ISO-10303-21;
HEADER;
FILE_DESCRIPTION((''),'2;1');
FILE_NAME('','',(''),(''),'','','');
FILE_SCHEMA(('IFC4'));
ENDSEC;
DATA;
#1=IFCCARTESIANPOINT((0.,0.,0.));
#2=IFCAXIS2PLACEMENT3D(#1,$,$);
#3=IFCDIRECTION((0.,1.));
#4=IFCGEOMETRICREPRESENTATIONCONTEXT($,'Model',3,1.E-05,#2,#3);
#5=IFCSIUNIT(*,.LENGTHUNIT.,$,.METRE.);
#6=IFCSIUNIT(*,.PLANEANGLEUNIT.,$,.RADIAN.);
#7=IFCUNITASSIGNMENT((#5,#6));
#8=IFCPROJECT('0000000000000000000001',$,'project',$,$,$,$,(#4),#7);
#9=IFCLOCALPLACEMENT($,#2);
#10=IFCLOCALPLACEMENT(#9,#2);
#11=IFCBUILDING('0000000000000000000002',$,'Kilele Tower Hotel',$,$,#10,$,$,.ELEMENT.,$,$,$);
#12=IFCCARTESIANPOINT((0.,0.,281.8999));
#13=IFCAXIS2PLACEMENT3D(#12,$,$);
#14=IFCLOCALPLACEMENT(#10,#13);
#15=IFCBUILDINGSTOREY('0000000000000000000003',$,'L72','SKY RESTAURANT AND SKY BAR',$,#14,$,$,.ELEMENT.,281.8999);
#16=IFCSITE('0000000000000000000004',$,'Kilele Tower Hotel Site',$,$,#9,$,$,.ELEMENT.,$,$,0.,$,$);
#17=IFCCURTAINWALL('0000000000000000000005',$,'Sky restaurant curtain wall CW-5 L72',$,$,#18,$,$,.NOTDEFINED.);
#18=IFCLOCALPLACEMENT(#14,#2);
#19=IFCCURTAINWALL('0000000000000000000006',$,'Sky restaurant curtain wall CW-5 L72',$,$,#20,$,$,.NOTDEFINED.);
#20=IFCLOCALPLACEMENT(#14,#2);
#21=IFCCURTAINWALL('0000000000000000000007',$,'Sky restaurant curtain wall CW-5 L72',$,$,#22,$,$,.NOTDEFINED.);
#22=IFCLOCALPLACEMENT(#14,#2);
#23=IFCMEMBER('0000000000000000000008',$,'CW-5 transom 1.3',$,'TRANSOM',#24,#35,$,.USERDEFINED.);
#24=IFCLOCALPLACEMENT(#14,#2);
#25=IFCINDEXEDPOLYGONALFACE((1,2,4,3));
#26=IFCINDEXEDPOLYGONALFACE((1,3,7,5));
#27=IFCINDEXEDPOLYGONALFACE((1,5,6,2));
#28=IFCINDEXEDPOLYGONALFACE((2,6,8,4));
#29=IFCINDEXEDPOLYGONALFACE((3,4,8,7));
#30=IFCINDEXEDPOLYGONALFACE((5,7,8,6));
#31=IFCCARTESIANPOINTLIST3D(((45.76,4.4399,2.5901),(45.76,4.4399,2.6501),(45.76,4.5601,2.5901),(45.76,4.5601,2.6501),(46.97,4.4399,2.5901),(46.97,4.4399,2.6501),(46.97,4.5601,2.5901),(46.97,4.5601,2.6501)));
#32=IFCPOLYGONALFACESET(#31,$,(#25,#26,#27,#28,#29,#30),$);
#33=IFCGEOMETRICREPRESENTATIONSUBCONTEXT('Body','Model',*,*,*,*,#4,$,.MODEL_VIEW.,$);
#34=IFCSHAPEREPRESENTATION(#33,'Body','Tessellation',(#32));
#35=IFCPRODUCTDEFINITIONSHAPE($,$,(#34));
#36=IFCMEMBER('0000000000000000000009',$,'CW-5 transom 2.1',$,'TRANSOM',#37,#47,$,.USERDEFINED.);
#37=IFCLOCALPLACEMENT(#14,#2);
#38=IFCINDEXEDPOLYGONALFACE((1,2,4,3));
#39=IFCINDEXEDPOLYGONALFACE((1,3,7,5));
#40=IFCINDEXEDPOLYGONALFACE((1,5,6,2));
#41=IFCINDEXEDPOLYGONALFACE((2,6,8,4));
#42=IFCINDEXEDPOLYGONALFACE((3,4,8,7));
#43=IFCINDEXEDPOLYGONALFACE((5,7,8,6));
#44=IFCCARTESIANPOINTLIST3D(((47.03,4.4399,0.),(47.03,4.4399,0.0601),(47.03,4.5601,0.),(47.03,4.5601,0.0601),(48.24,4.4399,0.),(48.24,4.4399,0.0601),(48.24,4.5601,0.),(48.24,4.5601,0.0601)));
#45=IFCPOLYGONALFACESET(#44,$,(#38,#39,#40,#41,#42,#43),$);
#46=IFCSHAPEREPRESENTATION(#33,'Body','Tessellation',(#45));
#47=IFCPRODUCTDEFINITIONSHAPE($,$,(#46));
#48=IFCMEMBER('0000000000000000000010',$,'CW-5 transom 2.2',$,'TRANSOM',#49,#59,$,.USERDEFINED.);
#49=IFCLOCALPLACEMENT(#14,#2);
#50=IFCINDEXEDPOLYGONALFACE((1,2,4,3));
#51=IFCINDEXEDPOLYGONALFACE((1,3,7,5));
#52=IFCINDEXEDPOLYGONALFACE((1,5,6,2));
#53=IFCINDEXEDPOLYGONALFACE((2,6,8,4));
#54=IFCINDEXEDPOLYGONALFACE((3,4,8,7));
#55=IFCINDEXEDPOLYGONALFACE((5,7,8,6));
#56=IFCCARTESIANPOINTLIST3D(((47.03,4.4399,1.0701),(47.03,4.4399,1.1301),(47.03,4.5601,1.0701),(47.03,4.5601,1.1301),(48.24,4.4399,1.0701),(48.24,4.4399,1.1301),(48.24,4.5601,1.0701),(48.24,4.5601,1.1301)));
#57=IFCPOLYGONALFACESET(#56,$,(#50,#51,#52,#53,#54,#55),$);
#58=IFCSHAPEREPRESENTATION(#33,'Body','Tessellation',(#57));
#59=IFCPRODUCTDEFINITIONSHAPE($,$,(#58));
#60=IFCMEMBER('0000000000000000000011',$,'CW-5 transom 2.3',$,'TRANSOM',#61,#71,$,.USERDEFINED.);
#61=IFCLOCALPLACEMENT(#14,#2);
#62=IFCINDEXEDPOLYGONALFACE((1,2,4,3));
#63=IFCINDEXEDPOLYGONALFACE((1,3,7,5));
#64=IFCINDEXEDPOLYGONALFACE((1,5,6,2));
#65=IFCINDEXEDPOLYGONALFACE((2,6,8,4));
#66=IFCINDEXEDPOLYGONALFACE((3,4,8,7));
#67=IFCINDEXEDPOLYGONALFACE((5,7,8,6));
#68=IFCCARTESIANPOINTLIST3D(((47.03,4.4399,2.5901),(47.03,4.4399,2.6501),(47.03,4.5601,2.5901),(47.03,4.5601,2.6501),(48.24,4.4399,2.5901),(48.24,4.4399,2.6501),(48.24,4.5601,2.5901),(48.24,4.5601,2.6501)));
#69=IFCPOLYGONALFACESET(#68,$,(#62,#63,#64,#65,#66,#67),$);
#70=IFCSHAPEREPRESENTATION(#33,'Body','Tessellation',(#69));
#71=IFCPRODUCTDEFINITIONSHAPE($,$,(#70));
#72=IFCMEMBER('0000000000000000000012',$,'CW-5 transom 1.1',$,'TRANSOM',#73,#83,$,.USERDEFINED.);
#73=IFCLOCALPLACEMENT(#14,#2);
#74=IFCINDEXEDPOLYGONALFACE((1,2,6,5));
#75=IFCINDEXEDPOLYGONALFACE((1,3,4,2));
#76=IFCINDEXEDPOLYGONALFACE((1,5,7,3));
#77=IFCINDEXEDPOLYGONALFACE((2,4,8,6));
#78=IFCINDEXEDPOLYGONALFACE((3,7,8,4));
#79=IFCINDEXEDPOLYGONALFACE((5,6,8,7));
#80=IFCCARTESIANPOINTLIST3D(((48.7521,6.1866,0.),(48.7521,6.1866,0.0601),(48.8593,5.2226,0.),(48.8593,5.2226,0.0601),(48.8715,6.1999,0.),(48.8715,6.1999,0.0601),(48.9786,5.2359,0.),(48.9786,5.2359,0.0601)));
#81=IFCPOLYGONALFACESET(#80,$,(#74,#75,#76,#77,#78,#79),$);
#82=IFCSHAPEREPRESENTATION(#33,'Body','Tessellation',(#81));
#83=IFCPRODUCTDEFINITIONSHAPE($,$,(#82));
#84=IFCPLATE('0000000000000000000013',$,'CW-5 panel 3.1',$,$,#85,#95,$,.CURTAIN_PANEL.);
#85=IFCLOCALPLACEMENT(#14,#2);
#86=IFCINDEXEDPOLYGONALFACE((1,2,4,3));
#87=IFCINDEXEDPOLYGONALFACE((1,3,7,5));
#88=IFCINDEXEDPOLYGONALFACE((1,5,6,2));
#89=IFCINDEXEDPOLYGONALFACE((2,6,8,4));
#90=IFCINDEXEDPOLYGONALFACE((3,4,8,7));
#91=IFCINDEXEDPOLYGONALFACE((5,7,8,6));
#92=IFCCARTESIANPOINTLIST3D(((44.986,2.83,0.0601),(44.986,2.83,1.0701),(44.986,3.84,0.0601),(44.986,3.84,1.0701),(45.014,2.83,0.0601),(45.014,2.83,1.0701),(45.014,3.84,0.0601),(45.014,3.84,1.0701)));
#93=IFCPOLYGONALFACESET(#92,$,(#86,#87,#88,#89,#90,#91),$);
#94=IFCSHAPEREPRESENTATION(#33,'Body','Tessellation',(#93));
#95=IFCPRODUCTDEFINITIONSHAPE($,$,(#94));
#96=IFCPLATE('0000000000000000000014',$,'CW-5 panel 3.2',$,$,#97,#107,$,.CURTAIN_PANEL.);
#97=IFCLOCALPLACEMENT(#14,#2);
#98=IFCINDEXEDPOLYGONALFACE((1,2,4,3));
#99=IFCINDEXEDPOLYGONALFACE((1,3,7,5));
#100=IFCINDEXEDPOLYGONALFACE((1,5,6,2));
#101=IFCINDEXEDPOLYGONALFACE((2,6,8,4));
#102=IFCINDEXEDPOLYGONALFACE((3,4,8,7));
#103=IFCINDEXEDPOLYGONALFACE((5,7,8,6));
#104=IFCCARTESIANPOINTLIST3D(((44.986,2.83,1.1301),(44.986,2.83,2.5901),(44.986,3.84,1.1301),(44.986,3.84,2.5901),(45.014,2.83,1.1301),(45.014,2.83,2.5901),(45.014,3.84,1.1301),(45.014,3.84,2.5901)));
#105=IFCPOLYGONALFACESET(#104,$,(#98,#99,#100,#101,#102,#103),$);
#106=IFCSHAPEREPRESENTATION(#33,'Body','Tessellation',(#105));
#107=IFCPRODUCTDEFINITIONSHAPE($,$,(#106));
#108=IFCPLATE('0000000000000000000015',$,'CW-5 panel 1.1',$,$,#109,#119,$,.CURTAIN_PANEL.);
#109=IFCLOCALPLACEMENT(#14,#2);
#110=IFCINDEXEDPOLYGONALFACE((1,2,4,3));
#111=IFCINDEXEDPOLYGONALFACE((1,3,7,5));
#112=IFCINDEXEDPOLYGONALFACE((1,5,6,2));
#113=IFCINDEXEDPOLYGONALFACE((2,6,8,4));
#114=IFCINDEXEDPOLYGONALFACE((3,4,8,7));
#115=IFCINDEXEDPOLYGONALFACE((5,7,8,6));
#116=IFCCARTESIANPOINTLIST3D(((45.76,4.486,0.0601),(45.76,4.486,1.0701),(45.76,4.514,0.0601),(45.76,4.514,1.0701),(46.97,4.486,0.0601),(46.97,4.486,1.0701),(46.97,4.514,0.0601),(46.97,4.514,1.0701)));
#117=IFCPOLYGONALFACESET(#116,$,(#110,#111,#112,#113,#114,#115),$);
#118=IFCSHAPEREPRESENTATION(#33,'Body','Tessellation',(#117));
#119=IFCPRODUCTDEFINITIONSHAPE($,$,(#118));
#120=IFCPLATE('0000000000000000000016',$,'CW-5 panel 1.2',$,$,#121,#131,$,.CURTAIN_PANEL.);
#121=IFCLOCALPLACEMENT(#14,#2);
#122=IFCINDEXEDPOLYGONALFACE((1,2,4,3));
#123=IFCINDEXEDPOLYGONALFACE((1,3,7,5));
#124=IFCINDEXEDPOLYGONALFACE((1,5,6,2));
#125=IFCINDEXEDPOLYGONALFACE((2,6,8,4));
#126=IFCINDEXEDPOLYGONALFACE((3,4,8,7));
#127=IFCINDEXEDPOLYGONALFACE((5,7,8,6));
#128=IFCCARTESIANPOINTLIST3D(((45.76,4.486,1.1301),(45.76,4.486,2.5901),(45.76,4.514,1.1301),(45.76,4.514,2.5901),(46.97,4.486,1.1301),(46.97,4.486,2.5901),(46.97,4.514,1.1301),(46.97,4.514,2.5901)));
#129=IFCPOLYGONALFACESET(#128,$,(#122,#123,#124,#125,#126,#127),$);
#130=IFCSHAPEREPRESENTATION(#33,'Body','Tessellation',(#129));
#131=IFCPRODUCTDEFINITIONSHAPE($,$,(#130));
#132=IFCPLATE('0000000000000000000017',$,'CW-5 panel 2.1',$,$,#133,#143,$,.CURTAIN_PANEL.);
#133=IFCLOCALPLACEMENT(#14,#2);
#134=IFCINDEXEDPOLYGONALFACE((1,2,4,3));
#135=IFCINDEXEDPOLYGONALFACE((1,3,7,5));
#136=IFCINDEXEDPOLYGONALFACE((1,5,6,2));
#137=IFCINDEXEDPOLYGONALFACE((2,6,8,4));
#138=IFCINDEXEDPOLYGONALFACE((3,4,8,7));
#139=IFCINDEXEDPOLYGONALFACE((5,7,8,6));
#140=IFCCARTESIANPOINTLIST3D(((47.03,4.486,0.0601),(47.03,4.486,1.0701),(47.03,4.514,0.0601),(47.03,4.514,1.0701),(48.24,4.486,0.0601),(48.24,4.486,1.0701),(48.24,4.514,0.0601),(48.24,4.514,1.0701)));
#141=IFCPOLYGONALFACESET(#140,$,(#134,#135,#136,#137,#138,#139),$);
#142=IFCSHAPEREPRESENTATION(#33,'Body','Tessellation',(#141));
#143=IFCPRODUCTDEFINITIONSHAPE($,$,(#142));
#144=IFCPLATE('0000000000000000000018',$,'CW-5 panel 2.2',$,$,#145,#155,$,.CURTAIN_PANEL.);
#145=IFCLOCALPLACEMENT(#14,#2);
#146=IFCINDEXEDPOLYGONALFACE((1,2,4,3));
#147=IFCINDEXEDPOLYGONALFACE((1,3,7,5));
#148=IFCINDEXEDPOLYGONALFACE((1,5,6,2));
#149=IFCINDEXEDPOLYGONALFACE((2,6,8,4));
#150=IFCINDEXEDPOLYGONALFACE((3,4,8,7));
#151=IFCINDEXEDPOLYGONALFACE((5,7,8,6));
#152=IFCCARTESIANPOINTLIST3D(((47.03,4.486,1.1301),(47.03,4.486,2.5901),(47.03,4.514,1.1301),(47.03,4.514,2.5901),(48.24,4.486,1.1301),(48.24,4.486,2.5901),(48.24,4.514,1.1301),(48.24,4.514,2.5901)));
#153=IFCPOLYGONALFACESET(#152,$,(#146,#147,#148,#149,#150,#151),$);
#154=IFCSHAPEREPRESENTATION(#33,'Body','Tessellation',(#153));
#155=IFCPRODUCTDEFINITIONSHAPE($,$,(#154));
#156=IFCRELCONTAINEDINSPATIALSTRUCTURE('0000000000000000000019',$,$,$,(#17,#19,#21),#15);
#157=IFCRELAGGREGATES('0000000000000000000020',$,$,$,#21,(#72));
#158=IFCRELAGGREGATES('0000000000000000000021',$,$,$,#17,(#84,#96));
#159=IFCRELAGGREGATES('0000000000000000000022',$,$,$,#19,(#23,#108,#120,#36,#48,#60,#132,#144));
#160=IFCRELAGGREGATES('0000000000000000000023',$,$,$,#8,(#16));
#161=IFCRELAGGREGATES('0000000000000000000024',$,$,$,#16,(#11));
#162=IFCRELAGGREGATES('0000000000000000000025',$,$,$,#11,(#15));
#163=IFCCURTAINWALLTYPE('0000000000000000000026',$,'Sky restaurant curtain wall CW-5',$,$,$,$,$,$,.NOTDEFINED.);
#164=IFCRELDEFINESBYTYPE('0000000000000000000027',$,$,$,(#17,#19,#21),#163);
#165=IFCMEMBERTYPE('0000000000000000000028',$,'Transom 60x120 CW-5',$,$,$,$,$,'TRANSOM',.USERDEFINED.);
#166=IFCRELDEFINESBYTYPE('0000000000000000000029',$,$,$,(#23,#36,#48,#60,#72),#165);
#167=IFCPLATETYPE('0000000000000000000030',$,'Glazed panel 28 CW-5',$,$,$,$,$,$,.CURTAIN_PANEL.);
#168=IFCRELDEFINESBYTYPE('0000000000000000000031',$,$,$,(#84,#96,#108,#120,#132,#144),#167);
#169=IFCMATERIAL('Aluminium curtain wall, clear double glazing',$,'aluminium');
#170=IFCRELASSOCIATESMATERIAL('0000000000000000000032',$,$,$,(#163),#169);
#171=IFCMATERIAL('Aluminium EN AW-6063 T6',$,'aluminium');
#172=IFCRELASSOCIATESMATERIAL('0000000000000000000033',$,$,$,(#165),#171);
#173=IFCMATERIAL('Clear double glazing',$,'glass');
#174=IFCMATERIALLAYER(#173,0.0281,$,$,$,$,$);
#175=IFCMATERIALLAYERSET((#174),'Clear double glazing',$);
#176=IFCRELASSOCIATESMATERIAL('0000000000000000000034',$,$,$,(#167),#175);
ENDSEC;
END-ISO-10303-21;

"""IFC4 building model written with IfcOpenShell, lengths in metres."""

from ifc_helpers import new_model, si_unit, direction, frame, origin, origin_2d, place, context, subcontext, project, spatial, rectangle, extrude, material, layer, layer_set, material_profile, profile_set, type_object, element, aggregate, save


model = new_model("IFC4")

# Units and contexts
model_context = context("Model", 3, precision=1e-05, world=origin(), true_north=direction((0.0, 1.0)))
body_context = subcontext(model_context, "Body", "Model", "MODEL_VIEW")
ifc_project = project(units=[si_unit("LENGTHUNIT", "METRE"), si_unit("PLANEANGLEUNIT", "RADIAN")], contexts=[model_context])

# Site, building, storey
site_placement = place(None, origin())
site = spatial("IfcSite", under=ifc_project, at=site_placement, Name="Kilele Tower Hotel Site", CompositionType="ELEMENT", RefElevation=0.0)
building_placement = place(site_placement, origin())
building = spatial("IfcBuilding", under=site, at=building_placement, Name="Kilele Tower Hotel", CompositionType="ELEMENT")
storey_placement = place(building_placement, frame((0.0, 0.0, 281.8999)))
storey = spatial("IfcBuildingStorey", under=building, at=storey_placement, Name="L72", Description="SKY RESTAURANT AND SKY BAR", CompositionType="ELEMENT", Elevation=281.8999)

# Curtain wall
ifc_material_1 = material(Name="Aluminium curtain wall, clear double glazing", Category="aluminium")
curtain_wall_type = type_object("IfcCurtainWallType", Name="Sky restaurant curtain wall CW-5", PredefinedType="NOTDEFINED", material=ifc_material_1)
curtain_wall_1_placement = place(storey_placement, origin())
curtain_wall_1 = element("IfcCurtainWall", 1, at=curtain_wall_1_placement, inside=storey, type_object=curtain_wall_type, Name="Sky restaurant curtain wall CW-5 L72", PredefinedType="NOTDEFINED")

# Curtain wall
curtain_wall_2_placement = place(storey_placement, origin())
curtain_wall_2 = element("IfcCurtainWall", 2, at=curtain_wall_2_placement, inside=storey, type_object=curtain_wall_type, Name="Sky restaurant curtain wall CW-5 L72", PredefinedType="NOTDEFINED")

# Curtain wall
curtain_wall_3_placement = place(storey_placement, origin())
curtain_wall_3 = element("IfcCurtainWall", 3, at=curtain_wall_3_placement, inside=storey, type_object=curtain_wall_type, Name="Sky restaurant curtain wall CW-5 L72", PredefinedType="NOTDEFINED")

# Members
ifc_material_2 = material(Name="Aluminium EN AW-6063 T6", Category="aluminium")
ifc_material_profile_1 = material_profile(ifc_material_2, rectangle(XDim=0.1201, YDim=0.0601, at=origin_2d()))
ifc_profile_set_1 = profile_set([ifc_material_profile_1], Name="Aluminium EN AW-6063 T6")
member_type_1 = type_object("IfcMemberType", Name="Transom 60x120 CW-5", ElementType="TRANSOM", PredefinedType="USERDEFINED", material=ifc_profile_set_1)
member_1_placement = place(storey_placement, frame((45.76, 4.5, 2.6201), z_axis=(1.0, 0.0, 0.0), x_axis=(0.0, 1.0, 0.0)))
member_1 = element("IfcMember", 4, at=member_1_placement, type_object=member_type_1, Name="CW-5 transom 1.3", ObjectType="TRANSOM", PredefinedType="USERDEFINED", context=body_context, shape_type="SweptSolid", body=[
    extrude(rectangle(XDim=0.1201, YDim=0.0601, at=origin_2d()), origin(), (0.0, 0.0, 1.0), 1.21),
])
member_2_placement = place(storey_placement, frame((47.03, 4.5, 0.03), z_axis=(1.0, 0.0, 0.0), x_axis=(0.0, 1.0, 0.0)))
member_2 = element("IfcMember", 5, at=member_2_placement, type_object=member_type_1, Name="CW-5 transom 2.1", ObjectType="TRANSOM", PredefinedType="USERDEFINED", context=body_context, shape_type="SweptSolid", body=[
    extrude(rectangle(XDim=0.1201, YDim=0.0601, at=origin_2d()), origin(), (0.0, 0.0, 1.0), 1.21),
])
member_3_placement = place(storey_placement, frame((47.03, 4.5, 1.1001), z_axis=(1.0, 0.0, 0.0), x_axis=(0.0, 1.0, 0.0)))
member_3 = element("IfcMember", 6, at=member_3_placement, type_object=member_type_1, Name="CW-5 transom 2.2", ObjectType="TRANSOM", PredefinedType="USERDEFINED", context=body_context, shape_type="SweptSolid", body=[
    extrude(rectangle(XDim=0.1201, YDim=0.0601, at=origin_2d()), origin(), (0.0, 0.0, 1.0), 1.21),
])
member_4_placement = place(storey_placement, frame((47.03, 4.5, 2.6201), z_axis=(1.0, 0.0, 0.0), x_axis=(0.0, 1.0, 0.0)))
member_4 = element("IfcMember", 7, at=member_4_placement, type_object=member_type_1, Name="CW-5 transom 2.3", ObjectType="TRANSOM", PredefinedType="USERDEFINED", context=body_context, shape_type="SweptSolid", body=[
    extrude(rectangle(XDim=0.1201, YDim=0.0601, at=origin_2d()), origin(), (0.0, 0.0, 1.0), 1.21),
])
member_5_placement = place(storey_placement, frame((48.9189, 5.2292, 0.03), z_axis=(-0.110487, 0.993878, 0.0), x_axis=(-0.993878, -0.110487, 0.0)))
member_5 = element("IfcMember", 8, at=member_5_placement, type_object=member_type_1, Name="CW-5 transom 1.1", ObjectType="TRANSOM", PredefinedType="USERDEFINED", context=body_context, shape_type="SweptSolid", body=[
    extrude(rectangle(XDim=0.1201, YDim=0.0601, at=origin_2d()), origin(), (0.0, 0.0, 1.0), 0.97),
])
aggregate(curtain_wall_3, [member_5])

# Plates
ifc_material_3 = material(Name="Clear double glazing", Category="glass")
ifc_layer = layer(ifc_material_3, 0.0281)
ifc_layer_set = layer_set([ifc_layer], Name="Clear double glazing")
plate_type = type_object("IfcPlateType", Name="Glazed panel 28 CW-5", PredefinedType="CURTAIN_PANEL", material=ifc_layer_set)
plate_1_placement = place(storey_placement, frame((45.0, 3.335, 0.0601), z_axis=(0.0, 0.0, 1.0), x_axis=(0.0, 1.0, 0.0)))
plate_1 = element("IfcPlate", 9, at=plate_1_placement, type_object=plate_type, Name="CW-5 panel 3.1", PredefinedType="CURTAIN_PANEL", context=body_context, shape_type="SweptSolid", body=[
    extrude(rectangle(XDim=1.01, YDim=0.0281, at=origin_2d()), origin(), (0.0, 0.0, 1.0), 1.01),
])
plate_2_placement = place(storey_placement, frame((45.0, 3.335, 1.1301), z_axis=(0.0, 0.0, 1.0), x_axis=(0.0, 1.0, 0.0)))
plate_2 = element("IfcPlate", 10, at=plate_2_placement, type_object=plate_type, Name="CW-5 panel 3.2", PredefinedType="CURTAIN_PANEL", context=body_context, shape_type="SweptSolid", body=[
    extrude(rectangle(XDim=1.01, YDim=0.0281, at=origin_2d()), origin(), (0.0, 0.0, 1.0), 1.46),
])
aggregate(curtain_wall_1, [plate_1, plate_2])
plate_3_placement = place(storey_placement, frame((46.365, 4.5, 0.0601), z_axis=(0.0, 0.0, 1.0), x_axis=(1.0, 0.0, 0.0)))
plate_3 = element("IfcPlate", 11, at=plate_3_placement, type_object=plate_type, Name="CW-5 panel 1.1", PredefinedType="CURTAIN_PANEL", context=body_context, shape_type="SweptSolid", body=[
    extrude(rectangle(XDim=1.21, YDim=0.0281, at=origin_2d()), origin(), (0.0, 0.0, 1.0), 1.01),
])
plate_4_placement = place(storey_placement, frame((46.365, 4.5, 1.1301), z_axis=(0.0, 0.0, 1.0), x_axis=(1.0, 0.0, 0.0)))
plate_4 = element("IfcPlate", 12, at=plate_4_placement, type_object=plate_type, Name="CW-5 panel 1.2", PredefinedType="CURTAIN_PANEL", context=body_context, shape_type="SweptSolid", body=[
    extrude(rectangle(XDim=1.21, YDim=0.0281, at=origin_2d()), origin(), (0.0, 0.0, 1.0), 1.46),
])
plate_5_placement = place(storey_placement, frame((47.635, 4.5, 0.0601), z_axis=(0.0, 0.0, 1.0), x_axis=(1.0, 0.0, 0.0)))
plate_5 = element("IfcPlate", 13, at=plate_5_placement, type_object=plate_type, Name="CW-5 panel 2.1", PredefinedType="CURTAIN_PANEL", context=body_context, shape_type="SweptSolid", body=[
    extrude(rectangle(XDim=1.21, YDim=0.0281, at=origin_2d()), origin(), (0.0, 0.0, 1.0), 1.01),
])
plate_6_placement = place(storey_placement, frame((47.635, 4.5, 1.1301), z_axis=(0.0, 0.0, 1.0), x_axis=(1.0, 0.0, 0.0)))
plate_6 = element("IfcPlate", 14, at=plate_6_placement, type_object=plate_type, Name="CW-5 panel 2.2", PredefinedType="CURTAIN_PANEL", context=body_context, shape_type="SweptSolid", body=[
    extrude(rectangle(XDim=1.21, YDim=0.0281, at=origin_2d()), origin(), (0.0, 0.0, 1.0), 1.46),
])
aggregate(curtain_wall_2, [member_1, plate_3, plate_4, member_2, member_3, member_4, plate_5, plate_6])

save(model, "model.ifc")
